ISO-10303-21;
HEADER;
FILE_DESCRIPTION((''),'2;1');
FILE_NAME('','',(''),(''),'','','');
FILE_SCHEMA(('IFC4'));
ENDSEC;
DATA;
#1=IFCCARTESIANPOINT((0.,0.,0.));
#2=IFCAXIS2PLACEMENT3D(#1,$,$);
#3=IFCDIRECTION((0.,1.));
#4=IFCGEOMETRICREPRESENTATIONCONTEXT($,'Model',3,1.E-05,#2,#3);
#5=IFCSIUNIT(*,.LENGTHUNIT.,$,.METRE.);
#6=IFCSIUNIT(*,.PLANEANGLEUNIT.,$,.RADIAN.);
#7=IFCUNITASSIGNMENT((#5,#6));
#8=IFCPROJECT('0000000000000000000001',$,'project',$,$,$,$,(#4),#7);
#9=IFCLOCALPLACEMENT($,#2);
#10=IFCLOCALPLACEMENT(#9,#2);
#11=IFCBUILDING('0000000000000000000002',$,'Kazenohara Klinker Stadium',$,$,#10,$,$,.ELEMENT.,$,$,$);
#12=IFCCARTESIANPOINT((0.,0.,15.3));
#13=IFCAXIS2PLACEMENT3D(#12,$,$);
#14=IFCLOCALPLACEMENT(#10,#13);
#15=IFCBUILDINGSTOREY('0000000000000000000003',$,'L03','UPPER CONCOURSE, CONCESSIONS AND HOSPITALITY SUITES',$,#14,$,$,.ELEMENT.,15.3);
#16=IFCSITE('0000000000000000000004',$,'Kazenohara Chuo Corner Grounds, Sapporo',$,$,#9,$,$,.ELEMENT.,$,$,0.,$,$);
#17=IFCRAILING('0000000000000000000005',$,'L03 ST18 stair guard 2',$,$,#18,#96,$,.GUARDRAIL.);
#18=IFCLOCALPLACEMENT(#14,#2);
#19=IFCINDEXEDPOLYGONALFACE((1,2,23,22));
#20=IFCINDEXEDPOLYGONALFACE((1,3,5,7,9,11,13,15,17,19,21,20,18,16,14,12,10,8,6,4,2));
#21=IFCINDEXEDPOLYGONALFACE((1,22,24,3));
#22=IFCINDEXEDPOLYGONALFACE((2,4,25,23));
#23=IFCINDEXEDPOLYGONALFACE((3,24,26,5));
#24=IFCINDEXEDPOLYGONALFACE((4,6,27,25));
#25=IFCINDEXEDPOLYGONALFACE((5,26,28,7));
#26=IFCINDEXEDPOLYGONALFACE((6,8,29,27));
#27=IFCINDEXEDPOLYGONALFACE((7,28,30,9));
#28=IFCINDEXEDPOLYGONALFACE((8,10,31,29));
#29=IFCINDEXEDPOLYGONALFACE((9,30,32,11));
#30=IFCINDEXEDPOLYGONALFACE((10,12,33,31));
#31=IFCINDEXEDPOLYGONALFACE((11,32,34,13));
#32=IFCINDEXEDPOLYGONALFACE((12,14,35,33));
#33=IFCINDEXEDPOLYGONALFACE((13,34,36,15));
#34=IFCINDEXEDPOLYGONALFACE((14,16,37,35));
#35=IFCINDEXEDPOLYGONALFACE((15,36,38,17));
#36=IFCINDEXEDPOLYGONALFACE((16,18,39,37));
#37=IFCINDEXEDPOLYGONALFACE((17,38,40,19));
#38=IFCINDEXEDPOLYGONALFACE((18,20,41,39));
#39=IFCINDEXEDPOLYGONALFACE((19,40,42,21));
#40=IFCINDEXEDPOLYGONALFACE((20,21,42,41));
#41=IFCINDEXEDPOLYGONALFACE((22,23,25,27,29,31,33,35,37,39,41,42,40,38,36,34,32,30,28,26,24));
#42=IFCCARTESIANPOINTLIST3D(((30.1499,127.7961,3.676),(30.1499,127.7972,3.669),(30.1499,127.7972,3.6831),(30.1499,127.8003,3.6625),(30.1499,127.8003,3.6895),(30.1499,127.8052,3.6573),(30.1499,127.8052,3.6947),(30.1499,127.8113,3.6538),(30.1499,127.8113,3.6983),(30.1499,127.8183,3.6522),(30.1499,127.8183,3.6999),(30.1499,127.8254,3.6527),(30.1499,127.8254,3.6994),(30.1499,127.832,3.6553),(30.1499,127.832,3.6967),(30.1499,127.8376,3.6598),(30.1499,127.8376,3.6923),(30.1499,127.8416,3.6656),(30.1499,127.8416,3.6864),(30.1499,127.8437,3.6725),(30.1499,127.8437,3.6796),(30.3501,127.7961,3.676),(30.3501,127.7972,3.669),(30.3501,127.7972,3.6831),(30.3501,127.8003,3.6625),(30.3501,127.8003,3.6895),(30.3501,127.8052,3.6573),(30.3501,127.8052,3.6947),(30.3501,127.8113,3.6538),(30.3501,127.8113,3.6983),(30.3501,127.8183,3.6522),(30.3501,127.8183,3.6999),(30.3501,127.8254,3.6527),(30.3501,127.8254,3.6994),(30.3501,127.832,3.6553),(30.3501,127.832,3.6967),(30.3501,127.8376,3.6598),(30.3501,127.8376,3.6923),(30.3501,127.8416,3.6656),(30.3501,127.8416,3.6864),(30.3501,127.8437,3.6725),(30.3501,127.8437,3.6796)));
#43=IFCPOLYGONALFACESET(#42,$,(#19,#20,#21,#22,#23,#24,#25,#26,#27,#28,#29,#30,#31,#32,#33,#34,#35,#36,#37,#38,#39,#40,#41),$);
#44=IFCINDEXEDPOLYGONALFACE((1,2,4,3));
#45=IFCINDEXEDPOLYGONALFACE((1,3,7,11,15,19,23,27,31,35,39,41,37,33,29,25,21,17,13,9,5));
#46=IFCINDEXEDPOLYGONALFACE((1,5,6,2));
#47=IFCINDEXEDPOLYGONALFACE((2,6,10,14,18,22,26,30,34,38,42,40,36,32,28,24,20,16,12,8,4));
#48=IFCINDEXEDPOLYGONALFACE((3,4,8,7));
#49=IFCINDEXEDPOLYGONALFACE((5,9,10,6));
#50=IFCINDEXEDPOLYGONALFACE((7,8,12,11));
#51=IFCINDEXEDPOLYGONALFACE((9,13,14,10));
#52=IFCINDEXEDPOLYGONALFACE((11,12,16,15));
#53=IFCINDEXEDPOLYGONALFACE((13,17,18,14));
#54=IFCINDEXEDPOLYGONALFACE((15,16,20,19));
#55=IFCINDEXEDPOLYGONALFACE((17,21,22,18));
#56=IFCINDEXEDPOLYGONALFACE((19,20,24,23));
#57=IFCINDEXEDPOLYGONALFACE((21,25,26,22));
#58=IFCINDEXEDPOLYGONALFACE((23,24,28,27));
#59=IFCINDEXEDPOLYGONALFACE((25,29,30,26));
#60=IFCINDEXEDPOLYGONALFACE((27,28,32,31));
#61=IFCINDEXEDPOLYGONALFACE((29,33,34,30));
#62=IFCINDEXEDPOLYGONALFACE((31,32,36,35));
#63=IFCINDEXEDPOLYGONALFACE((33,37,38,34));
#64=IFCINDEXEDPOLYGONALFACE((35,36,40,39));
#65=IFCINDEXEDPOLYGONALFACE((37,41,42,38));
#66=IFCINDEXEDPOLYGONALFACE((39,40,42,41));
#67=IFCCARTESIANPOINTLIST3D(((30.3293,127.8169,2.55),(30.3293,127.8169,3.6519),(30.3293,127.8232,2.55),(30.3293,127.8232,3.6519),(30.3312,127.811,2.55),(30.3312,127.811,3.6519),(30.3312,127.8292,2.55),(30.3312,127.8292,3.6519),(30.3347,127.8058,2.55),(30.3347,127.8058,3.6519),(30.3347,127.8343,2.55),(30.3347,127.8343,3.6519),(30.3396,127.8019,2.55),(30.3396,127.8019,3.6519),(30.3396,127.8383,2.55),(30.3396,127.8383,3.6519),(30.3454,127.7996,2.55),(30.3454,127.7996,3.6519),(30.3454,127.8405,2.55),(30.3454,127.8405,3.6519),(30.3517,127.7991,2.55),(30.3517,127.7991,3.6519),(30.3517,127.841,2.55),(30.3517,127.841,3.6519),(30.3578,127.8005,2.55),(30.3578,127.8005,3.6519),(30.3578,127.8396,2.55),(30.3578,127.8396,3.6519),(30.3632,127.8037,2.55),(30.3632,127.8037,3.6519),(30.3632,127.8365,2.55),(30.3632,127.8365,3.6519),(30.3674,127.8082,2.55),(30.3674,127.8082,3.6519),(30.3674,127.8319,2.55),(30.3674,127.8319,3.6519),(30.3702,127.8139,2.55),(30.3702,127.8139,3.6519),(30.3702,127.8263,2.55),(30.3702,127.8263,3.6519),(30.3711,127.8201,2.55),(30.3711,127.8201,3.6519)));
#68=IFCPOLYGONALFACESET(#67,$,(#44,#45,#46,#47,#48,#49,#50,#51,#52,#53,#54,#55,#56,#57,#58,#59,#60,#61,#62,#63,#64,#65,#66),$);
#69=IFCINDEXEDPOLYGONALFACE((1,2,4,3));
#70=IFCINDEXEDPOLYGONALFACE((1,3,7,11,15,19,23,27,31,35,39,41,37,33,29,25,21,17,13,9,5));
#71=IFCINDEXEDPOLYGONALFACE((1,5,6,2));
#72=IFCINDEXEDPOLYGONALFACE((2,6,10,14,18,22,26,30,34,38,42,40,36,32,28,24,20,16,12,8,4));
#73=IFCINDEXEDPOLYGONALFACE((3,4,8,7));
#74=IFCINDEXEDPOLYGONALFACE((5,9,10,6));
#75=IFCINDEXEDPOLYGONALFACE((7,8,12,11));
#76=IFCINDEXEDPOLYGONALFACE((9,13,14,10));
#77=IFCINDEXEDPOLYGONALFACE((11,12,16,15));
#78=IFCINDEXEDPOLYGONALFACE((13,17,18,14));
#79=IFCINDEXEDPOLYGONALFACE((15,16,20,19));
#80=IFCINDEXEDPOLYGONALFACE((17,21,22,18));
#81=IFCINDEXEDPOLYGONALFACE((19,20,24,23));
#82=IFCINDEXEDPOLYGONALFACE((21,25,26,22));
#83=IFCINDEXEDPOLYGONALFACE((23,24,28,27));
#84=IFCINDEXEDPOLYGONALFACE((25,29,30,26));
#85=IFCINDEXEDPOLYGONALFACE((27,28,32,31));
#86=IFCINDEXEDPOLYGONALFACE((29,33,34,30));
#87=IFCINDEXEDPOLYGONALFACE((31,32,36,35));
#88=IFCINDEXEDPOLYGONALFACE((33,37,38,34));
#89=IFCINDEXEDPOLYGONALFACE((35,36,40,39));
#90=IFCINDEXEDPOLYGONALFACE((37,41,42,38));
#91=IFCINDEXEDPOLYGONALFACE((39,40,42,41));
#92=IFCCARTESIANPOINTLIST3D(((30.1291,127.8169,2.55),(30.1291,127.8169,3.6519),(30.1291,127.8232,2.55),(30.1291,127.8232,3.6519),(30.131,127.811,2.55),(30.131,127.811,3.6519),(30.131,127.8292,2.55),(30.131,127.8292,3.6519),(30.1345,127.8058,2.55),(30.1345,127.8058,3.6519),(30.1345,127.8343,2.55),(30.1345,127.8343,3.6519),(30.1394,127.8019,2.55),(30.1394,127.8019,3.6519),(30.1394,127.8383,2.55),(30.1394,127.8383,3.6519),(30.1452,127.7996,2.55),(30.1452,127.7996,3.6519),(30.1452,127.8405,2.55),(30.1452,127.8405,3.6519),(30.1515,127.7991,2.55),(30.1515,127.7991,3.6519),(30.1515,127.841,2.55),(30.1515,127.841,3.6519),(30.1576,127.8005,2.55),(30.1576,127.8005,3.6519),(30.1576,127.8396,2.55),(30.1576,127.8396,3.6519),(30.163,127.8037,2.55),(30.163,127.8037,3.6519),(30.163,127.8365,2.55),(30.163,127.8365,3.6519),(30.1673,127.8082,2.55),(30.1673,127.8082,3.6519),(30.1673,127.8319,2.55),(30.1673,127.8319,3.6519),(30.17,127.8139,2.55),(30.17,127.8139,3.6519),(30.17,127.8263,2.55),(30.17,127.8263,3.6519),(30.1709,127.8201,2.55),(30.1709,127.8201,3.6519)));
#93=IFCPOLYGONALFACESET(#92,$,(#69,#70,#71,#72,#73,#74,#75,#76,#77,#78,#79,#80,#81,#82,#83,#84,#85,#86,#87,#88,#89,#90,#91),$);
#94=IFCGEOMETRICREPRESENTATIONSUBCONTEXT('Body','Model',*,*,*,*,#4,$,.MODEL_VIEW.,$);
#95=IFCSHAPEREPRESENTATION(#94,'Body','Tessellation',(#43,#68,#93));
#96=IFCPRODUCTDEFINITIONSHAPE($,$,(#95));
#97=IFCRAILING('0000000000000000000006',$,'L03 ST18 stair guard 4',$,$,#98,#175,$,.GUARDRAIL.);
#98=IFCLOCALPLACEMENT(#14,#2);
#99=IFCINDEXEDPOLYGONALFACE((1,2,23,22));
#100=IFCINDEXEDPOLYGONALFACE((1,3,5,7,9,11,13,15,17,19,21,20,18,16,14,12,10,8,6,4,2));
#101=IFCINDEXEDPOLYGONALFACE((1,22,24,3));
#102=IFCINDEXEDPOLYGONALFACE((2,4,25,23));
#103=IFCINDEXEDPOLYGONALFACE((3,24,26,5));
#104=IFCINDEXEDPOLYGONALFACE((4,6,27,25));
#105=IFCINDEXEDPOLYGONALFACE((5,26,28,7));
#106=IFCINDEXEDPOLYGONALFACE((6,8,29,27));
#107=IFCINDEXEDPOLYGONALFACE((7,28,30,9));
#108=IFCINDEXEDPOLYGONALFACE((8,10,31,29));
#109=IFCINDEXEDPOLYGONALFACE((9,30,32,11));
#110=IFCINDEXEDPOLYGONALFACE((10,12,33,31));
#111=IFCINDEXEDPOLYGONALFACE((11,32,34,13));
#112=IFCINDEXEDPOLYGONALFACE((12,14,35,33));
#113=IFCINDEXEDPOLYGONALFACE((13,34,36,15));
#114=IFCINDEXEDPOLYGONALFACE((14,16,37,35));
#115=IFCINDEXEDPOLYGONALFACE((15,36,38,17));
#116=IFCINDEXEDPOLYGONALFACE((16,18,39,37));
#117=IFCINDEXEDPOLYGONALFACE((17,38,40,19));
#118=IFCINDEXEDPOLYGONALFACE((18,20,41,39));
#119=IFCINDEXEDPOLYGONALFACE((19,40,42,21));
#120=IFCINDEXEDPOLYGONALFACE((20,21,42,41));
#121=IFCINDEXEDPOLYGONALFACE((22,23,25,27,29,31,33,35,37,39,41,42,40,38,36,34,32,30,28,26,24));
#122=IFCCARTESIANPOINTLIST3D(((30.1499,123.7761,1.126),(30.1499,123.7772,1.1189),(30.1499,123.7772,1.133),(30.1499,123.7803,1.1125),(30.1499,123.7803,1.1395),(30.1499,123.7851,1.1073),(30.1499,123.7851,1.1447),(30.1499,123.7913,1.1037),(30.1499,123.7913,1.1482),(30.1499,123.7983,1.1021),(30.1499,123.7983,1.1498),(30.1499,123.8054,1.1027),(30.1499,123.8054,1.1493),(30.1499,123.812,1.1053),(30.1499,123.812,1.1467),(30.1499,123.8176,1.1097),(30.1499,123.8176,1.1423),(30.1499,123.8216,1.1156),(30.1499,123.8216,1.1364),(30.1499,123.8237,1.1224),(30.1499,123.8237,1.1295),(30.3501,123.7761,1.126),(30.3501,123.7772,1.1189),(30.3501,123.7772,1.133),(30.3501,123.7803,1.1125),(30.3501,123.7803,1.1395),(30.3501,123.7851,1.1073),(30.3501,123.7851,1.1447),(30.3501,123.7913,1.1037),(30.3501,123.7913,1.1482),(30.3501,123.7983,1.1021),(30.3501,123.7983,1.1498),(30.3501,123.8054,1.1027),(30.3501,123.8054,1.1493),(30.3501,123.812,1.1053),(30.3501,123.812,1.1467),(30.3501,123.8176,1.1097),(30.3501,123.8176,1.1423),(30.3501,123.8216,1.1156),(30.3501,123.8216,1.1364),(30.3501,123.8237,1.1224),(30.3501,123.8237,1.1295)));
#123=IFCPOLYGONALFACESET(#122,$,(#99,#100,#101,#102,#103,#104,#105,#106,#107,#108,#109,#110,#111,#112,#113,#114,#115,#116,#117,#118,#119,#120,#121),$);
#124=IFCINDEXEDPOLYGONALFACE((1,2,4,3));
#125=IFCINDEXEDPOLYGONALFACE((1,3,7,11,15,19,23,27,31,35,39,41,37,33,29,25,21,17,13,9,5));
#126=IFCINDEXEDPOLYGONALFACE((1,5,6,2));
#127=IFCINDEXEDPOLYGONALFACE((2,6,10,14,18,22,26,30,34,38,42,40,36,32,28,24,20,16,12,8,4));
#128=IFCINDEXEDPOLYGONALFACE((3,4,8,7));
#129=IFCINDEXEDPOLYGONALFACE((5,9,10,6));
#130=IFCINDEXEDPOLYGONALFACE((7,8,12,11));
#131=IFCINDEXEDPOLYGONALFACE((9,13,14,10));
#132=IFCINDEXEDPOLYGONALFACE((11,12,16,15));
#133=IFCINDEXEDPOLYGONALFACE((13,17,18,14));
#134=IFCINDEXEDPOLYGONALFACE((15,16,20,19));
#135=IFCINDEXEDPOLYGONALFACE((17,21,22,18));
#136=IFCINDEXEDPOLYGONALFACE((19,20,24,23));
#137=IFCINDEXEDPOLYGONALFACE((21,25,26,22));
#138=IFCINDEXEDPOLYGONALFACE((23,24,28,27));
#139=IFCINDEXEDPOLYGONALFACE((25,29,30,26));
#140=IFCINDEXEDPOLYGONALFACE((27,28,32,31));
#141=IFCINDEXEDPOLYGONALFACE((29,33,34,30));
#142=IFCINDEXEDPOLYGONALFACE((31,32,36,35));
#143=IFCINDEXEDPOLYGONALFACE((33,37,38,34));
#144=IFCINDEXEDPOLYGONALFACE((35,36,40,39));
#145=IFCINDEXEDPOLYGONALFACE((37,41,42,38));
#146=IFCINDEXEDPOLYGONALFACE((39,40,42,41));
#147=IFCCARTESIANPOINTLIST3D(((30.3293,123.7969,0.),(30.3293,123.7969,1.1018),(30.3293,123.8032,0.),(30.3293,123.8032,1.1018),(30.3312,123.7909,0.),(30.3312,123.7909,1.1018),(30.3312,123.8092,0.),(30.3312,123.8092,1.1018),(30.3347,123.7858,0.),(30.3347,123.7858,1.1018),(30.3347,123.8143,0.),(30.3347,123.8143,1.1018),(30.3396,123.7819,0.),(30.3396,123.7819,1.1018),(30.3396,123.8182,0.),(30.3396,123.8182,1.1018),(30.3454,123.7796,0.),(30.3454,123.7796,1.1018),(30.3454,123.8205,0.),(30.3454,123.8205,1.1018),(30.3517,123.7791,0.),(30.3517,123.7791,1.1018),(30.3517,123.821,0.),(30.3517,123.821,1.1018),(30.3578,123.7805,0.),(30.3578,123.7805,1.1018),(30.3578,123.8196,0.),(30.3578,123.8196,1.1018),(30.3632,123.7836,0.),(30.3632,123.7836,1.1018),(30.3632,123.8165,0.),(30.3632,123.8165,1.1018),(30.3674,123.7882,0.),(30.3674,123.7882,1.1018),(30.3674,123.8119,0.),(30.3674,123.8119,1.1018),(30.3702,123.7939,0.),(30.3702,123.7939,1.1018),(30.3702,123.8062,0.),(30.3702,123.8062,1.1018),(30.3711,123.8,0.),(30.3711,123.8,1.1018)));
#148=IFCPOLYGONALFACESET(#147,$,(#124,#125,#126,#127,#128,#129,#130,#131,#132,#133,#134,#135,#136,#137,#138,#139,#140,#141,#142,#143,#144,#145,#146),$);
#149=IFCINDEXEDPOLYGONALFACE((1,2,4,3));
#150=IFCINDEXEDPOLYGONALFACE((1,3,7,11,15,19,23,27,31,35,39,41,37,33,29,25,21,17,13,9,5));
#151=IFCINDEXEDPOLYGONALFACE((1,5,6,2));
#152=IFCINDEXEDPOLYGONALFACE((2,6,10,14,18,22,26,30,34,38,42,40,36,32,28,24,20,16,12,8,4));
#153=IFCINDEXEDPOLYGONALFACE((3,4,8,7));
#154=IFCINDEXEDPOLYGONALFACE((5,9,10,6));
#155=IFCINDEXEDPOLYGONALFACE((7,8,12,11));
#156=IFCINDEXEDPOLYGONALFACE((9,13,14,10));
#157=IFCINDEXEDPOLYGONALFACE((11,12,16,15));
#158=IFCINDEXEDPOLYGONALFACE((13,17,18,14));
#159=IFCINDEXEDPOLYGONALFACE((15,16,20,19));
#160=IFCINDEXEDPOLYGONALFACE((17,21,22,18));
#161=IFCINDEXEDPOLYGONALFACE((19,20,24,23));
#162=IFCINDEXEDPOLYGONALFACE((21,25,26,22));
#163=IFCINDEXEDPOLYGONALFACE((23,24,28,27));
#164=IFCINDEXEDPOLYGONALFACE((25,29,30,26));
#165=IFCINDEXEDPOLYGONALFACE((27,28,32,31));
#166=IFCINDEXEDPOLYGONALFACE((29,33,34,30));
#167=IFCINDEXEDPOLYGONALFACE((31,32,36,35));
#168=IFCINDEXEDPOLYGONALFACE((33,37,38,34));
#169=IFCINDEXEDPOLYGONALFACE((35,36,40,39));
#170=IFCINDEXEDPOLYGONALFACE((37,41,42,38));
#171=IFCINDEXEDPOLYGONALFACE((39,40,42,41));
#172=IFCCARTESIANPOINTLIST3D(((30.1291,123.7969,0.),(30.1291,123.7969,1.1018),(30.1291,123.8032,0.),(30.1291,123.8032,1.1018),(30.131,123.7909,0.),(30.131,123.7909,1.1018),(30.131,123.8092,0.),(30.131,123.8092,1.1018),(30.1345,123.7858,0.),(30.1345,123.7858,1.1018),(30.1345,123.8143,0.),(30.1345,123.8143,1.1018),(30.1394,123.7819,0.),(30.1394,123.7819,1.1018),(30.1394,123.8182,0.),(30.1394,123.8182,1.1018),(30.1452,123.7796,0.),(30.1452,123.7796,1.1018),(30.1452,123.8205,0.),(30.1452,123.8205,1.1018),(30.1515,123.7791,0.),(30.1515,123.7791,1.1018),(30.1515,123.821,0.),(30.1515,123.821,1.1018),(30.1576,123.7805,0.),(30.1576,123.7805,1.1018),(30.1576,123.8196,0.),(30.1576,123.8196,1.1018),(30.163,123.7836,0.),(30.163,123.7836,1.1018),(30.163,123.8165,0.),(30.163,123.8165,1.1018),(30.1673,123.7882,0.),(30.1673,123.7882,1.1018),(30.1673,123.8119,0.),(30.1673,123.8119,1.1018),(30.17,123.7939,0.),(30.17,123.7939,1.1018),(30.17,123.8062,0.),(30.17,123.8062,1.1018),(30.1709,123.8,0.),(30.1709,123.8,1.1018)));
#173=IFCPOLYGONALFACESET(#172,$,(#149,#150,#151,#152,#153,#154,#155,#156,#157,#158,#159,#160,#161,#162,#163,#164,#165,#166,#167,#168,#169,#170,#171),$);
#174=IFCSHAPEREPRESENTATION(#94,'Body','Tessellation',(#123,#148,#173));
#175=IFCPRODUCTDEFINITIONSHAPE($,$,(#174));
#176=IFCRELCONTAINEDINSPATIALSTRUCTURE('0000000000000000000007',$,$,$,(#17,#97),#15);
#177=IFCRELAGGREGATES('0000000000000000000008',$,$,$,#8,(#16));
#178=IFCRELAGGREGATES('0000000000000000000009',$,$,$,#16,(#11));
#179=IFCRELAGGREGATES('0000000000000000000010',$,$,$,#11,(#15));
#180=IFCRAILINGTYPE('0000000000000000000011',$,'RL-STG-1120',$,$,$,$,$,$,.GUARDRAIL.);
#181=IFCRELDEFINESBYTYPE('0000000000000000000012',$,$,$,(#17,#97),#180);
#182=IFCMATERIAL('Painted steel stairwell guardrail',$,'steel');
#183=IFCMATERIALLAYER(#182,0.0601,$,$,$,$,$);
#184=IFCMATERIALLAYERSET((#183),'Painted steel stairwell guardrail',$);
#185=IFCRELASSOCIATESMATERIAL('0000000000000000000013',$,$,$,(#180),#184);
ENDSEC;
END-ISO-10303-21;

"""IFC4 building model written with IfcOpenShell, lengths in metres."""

from ifc_helpers import new_model, si_unit, direction, frame, origin, origin_2d, place, context, subcontext, project, spatial, circle, extrude, material, layer, layer_set, type_object, element, save


model = new_model("IFC4")

# Units and contexts
model_context = context("Model", 3, precision=1e-05, world=origin(), true_north=direction((0.0, 1.0)))
body_context = subcontext(model_context, "Body", "Model", "MODEL_VIEW")
ifc_project = project(units=[si_unit("LENGTHUNIT", "METRE"), si_unit("PLANEANGLEUNIT", "RADIAN")], contexts=[model_context])

# Site, building, storey
site_placement = place(None, origin())
site = spatial("IfcSite", under=ifc_project, at=site_placement, Name="Kazenohara Chuo Corner Grounds, Sapporo", CompositionType="ELEMENT", RefElevation=0.0)
building_placement = place(site_placement, origin())
building = spatial("IfcBuilding", under=site, at=building_placement, Name="Kazenohara Klinker Stadium", CompositionType="ELEMENT")
storey_placement = place(building_placement, frame((0.0, 0.0, 15.3)))
storey = spatial("IfcBuildingStorey", under=building, at=storey_placement, Name="L03", Description="UPPER CONCOURSE, CONCESSIONS AND HOSPITALITY SUITES", CompositionType="ELEMENT", Elevation=15.3)

# Railings
ifc_material_1 = material(Name="Painted steel stairwell guardrail", Category="steel")
ifc_layer_1 = layer(ifc_material_1, 0.0601)
ifc_layer_set_1 = layer_set([ifc_layer_1], Name="Painted steel stairwell guardrail")
railing_type_1 = type_object("IfcRailingType", Name="RL-STG-1120", PredefinedType="GUARDRAIL", material=ifc_layer_set_1)
for number, where, name in (
    (1, (30.3501, 127.8201, 2.55), "L03 ST18 stair guard 2"),
    (2, (30.3501, 123.8, 0.0), "L03 ST18 stair guard 4"),
):
    element("IfcRailing", number, at=place(storey_placement, frame(where)), inside=storey, type_object=railing_type_1, Name=name, PredefinedType="GUARDRAIL", context=body_context, shape_type="SweptSolid", body=[
        extrude(circle(Radius=0.0239, at=origin_2d()), frame((0.0, 0.0, 1.126), z_axis=(-1.0, 0.0, 0.0), x_axis=(0.0, -1.0, 0.0)), (0.0, 0.0, 1.0), 0.2002),
        extrude(circle(Radius=0.021, at=origin_2d()), origin(), (0.0, 0.0, 1.0), 1.1018),
        extrude(circle(Radius=0.021, at=origin_2d()), frame((-0.2002, 0.0, 0.0)), (0.0, 0.0, 1.0), 1.1018),
    ])

save(model, "model.ifc")
